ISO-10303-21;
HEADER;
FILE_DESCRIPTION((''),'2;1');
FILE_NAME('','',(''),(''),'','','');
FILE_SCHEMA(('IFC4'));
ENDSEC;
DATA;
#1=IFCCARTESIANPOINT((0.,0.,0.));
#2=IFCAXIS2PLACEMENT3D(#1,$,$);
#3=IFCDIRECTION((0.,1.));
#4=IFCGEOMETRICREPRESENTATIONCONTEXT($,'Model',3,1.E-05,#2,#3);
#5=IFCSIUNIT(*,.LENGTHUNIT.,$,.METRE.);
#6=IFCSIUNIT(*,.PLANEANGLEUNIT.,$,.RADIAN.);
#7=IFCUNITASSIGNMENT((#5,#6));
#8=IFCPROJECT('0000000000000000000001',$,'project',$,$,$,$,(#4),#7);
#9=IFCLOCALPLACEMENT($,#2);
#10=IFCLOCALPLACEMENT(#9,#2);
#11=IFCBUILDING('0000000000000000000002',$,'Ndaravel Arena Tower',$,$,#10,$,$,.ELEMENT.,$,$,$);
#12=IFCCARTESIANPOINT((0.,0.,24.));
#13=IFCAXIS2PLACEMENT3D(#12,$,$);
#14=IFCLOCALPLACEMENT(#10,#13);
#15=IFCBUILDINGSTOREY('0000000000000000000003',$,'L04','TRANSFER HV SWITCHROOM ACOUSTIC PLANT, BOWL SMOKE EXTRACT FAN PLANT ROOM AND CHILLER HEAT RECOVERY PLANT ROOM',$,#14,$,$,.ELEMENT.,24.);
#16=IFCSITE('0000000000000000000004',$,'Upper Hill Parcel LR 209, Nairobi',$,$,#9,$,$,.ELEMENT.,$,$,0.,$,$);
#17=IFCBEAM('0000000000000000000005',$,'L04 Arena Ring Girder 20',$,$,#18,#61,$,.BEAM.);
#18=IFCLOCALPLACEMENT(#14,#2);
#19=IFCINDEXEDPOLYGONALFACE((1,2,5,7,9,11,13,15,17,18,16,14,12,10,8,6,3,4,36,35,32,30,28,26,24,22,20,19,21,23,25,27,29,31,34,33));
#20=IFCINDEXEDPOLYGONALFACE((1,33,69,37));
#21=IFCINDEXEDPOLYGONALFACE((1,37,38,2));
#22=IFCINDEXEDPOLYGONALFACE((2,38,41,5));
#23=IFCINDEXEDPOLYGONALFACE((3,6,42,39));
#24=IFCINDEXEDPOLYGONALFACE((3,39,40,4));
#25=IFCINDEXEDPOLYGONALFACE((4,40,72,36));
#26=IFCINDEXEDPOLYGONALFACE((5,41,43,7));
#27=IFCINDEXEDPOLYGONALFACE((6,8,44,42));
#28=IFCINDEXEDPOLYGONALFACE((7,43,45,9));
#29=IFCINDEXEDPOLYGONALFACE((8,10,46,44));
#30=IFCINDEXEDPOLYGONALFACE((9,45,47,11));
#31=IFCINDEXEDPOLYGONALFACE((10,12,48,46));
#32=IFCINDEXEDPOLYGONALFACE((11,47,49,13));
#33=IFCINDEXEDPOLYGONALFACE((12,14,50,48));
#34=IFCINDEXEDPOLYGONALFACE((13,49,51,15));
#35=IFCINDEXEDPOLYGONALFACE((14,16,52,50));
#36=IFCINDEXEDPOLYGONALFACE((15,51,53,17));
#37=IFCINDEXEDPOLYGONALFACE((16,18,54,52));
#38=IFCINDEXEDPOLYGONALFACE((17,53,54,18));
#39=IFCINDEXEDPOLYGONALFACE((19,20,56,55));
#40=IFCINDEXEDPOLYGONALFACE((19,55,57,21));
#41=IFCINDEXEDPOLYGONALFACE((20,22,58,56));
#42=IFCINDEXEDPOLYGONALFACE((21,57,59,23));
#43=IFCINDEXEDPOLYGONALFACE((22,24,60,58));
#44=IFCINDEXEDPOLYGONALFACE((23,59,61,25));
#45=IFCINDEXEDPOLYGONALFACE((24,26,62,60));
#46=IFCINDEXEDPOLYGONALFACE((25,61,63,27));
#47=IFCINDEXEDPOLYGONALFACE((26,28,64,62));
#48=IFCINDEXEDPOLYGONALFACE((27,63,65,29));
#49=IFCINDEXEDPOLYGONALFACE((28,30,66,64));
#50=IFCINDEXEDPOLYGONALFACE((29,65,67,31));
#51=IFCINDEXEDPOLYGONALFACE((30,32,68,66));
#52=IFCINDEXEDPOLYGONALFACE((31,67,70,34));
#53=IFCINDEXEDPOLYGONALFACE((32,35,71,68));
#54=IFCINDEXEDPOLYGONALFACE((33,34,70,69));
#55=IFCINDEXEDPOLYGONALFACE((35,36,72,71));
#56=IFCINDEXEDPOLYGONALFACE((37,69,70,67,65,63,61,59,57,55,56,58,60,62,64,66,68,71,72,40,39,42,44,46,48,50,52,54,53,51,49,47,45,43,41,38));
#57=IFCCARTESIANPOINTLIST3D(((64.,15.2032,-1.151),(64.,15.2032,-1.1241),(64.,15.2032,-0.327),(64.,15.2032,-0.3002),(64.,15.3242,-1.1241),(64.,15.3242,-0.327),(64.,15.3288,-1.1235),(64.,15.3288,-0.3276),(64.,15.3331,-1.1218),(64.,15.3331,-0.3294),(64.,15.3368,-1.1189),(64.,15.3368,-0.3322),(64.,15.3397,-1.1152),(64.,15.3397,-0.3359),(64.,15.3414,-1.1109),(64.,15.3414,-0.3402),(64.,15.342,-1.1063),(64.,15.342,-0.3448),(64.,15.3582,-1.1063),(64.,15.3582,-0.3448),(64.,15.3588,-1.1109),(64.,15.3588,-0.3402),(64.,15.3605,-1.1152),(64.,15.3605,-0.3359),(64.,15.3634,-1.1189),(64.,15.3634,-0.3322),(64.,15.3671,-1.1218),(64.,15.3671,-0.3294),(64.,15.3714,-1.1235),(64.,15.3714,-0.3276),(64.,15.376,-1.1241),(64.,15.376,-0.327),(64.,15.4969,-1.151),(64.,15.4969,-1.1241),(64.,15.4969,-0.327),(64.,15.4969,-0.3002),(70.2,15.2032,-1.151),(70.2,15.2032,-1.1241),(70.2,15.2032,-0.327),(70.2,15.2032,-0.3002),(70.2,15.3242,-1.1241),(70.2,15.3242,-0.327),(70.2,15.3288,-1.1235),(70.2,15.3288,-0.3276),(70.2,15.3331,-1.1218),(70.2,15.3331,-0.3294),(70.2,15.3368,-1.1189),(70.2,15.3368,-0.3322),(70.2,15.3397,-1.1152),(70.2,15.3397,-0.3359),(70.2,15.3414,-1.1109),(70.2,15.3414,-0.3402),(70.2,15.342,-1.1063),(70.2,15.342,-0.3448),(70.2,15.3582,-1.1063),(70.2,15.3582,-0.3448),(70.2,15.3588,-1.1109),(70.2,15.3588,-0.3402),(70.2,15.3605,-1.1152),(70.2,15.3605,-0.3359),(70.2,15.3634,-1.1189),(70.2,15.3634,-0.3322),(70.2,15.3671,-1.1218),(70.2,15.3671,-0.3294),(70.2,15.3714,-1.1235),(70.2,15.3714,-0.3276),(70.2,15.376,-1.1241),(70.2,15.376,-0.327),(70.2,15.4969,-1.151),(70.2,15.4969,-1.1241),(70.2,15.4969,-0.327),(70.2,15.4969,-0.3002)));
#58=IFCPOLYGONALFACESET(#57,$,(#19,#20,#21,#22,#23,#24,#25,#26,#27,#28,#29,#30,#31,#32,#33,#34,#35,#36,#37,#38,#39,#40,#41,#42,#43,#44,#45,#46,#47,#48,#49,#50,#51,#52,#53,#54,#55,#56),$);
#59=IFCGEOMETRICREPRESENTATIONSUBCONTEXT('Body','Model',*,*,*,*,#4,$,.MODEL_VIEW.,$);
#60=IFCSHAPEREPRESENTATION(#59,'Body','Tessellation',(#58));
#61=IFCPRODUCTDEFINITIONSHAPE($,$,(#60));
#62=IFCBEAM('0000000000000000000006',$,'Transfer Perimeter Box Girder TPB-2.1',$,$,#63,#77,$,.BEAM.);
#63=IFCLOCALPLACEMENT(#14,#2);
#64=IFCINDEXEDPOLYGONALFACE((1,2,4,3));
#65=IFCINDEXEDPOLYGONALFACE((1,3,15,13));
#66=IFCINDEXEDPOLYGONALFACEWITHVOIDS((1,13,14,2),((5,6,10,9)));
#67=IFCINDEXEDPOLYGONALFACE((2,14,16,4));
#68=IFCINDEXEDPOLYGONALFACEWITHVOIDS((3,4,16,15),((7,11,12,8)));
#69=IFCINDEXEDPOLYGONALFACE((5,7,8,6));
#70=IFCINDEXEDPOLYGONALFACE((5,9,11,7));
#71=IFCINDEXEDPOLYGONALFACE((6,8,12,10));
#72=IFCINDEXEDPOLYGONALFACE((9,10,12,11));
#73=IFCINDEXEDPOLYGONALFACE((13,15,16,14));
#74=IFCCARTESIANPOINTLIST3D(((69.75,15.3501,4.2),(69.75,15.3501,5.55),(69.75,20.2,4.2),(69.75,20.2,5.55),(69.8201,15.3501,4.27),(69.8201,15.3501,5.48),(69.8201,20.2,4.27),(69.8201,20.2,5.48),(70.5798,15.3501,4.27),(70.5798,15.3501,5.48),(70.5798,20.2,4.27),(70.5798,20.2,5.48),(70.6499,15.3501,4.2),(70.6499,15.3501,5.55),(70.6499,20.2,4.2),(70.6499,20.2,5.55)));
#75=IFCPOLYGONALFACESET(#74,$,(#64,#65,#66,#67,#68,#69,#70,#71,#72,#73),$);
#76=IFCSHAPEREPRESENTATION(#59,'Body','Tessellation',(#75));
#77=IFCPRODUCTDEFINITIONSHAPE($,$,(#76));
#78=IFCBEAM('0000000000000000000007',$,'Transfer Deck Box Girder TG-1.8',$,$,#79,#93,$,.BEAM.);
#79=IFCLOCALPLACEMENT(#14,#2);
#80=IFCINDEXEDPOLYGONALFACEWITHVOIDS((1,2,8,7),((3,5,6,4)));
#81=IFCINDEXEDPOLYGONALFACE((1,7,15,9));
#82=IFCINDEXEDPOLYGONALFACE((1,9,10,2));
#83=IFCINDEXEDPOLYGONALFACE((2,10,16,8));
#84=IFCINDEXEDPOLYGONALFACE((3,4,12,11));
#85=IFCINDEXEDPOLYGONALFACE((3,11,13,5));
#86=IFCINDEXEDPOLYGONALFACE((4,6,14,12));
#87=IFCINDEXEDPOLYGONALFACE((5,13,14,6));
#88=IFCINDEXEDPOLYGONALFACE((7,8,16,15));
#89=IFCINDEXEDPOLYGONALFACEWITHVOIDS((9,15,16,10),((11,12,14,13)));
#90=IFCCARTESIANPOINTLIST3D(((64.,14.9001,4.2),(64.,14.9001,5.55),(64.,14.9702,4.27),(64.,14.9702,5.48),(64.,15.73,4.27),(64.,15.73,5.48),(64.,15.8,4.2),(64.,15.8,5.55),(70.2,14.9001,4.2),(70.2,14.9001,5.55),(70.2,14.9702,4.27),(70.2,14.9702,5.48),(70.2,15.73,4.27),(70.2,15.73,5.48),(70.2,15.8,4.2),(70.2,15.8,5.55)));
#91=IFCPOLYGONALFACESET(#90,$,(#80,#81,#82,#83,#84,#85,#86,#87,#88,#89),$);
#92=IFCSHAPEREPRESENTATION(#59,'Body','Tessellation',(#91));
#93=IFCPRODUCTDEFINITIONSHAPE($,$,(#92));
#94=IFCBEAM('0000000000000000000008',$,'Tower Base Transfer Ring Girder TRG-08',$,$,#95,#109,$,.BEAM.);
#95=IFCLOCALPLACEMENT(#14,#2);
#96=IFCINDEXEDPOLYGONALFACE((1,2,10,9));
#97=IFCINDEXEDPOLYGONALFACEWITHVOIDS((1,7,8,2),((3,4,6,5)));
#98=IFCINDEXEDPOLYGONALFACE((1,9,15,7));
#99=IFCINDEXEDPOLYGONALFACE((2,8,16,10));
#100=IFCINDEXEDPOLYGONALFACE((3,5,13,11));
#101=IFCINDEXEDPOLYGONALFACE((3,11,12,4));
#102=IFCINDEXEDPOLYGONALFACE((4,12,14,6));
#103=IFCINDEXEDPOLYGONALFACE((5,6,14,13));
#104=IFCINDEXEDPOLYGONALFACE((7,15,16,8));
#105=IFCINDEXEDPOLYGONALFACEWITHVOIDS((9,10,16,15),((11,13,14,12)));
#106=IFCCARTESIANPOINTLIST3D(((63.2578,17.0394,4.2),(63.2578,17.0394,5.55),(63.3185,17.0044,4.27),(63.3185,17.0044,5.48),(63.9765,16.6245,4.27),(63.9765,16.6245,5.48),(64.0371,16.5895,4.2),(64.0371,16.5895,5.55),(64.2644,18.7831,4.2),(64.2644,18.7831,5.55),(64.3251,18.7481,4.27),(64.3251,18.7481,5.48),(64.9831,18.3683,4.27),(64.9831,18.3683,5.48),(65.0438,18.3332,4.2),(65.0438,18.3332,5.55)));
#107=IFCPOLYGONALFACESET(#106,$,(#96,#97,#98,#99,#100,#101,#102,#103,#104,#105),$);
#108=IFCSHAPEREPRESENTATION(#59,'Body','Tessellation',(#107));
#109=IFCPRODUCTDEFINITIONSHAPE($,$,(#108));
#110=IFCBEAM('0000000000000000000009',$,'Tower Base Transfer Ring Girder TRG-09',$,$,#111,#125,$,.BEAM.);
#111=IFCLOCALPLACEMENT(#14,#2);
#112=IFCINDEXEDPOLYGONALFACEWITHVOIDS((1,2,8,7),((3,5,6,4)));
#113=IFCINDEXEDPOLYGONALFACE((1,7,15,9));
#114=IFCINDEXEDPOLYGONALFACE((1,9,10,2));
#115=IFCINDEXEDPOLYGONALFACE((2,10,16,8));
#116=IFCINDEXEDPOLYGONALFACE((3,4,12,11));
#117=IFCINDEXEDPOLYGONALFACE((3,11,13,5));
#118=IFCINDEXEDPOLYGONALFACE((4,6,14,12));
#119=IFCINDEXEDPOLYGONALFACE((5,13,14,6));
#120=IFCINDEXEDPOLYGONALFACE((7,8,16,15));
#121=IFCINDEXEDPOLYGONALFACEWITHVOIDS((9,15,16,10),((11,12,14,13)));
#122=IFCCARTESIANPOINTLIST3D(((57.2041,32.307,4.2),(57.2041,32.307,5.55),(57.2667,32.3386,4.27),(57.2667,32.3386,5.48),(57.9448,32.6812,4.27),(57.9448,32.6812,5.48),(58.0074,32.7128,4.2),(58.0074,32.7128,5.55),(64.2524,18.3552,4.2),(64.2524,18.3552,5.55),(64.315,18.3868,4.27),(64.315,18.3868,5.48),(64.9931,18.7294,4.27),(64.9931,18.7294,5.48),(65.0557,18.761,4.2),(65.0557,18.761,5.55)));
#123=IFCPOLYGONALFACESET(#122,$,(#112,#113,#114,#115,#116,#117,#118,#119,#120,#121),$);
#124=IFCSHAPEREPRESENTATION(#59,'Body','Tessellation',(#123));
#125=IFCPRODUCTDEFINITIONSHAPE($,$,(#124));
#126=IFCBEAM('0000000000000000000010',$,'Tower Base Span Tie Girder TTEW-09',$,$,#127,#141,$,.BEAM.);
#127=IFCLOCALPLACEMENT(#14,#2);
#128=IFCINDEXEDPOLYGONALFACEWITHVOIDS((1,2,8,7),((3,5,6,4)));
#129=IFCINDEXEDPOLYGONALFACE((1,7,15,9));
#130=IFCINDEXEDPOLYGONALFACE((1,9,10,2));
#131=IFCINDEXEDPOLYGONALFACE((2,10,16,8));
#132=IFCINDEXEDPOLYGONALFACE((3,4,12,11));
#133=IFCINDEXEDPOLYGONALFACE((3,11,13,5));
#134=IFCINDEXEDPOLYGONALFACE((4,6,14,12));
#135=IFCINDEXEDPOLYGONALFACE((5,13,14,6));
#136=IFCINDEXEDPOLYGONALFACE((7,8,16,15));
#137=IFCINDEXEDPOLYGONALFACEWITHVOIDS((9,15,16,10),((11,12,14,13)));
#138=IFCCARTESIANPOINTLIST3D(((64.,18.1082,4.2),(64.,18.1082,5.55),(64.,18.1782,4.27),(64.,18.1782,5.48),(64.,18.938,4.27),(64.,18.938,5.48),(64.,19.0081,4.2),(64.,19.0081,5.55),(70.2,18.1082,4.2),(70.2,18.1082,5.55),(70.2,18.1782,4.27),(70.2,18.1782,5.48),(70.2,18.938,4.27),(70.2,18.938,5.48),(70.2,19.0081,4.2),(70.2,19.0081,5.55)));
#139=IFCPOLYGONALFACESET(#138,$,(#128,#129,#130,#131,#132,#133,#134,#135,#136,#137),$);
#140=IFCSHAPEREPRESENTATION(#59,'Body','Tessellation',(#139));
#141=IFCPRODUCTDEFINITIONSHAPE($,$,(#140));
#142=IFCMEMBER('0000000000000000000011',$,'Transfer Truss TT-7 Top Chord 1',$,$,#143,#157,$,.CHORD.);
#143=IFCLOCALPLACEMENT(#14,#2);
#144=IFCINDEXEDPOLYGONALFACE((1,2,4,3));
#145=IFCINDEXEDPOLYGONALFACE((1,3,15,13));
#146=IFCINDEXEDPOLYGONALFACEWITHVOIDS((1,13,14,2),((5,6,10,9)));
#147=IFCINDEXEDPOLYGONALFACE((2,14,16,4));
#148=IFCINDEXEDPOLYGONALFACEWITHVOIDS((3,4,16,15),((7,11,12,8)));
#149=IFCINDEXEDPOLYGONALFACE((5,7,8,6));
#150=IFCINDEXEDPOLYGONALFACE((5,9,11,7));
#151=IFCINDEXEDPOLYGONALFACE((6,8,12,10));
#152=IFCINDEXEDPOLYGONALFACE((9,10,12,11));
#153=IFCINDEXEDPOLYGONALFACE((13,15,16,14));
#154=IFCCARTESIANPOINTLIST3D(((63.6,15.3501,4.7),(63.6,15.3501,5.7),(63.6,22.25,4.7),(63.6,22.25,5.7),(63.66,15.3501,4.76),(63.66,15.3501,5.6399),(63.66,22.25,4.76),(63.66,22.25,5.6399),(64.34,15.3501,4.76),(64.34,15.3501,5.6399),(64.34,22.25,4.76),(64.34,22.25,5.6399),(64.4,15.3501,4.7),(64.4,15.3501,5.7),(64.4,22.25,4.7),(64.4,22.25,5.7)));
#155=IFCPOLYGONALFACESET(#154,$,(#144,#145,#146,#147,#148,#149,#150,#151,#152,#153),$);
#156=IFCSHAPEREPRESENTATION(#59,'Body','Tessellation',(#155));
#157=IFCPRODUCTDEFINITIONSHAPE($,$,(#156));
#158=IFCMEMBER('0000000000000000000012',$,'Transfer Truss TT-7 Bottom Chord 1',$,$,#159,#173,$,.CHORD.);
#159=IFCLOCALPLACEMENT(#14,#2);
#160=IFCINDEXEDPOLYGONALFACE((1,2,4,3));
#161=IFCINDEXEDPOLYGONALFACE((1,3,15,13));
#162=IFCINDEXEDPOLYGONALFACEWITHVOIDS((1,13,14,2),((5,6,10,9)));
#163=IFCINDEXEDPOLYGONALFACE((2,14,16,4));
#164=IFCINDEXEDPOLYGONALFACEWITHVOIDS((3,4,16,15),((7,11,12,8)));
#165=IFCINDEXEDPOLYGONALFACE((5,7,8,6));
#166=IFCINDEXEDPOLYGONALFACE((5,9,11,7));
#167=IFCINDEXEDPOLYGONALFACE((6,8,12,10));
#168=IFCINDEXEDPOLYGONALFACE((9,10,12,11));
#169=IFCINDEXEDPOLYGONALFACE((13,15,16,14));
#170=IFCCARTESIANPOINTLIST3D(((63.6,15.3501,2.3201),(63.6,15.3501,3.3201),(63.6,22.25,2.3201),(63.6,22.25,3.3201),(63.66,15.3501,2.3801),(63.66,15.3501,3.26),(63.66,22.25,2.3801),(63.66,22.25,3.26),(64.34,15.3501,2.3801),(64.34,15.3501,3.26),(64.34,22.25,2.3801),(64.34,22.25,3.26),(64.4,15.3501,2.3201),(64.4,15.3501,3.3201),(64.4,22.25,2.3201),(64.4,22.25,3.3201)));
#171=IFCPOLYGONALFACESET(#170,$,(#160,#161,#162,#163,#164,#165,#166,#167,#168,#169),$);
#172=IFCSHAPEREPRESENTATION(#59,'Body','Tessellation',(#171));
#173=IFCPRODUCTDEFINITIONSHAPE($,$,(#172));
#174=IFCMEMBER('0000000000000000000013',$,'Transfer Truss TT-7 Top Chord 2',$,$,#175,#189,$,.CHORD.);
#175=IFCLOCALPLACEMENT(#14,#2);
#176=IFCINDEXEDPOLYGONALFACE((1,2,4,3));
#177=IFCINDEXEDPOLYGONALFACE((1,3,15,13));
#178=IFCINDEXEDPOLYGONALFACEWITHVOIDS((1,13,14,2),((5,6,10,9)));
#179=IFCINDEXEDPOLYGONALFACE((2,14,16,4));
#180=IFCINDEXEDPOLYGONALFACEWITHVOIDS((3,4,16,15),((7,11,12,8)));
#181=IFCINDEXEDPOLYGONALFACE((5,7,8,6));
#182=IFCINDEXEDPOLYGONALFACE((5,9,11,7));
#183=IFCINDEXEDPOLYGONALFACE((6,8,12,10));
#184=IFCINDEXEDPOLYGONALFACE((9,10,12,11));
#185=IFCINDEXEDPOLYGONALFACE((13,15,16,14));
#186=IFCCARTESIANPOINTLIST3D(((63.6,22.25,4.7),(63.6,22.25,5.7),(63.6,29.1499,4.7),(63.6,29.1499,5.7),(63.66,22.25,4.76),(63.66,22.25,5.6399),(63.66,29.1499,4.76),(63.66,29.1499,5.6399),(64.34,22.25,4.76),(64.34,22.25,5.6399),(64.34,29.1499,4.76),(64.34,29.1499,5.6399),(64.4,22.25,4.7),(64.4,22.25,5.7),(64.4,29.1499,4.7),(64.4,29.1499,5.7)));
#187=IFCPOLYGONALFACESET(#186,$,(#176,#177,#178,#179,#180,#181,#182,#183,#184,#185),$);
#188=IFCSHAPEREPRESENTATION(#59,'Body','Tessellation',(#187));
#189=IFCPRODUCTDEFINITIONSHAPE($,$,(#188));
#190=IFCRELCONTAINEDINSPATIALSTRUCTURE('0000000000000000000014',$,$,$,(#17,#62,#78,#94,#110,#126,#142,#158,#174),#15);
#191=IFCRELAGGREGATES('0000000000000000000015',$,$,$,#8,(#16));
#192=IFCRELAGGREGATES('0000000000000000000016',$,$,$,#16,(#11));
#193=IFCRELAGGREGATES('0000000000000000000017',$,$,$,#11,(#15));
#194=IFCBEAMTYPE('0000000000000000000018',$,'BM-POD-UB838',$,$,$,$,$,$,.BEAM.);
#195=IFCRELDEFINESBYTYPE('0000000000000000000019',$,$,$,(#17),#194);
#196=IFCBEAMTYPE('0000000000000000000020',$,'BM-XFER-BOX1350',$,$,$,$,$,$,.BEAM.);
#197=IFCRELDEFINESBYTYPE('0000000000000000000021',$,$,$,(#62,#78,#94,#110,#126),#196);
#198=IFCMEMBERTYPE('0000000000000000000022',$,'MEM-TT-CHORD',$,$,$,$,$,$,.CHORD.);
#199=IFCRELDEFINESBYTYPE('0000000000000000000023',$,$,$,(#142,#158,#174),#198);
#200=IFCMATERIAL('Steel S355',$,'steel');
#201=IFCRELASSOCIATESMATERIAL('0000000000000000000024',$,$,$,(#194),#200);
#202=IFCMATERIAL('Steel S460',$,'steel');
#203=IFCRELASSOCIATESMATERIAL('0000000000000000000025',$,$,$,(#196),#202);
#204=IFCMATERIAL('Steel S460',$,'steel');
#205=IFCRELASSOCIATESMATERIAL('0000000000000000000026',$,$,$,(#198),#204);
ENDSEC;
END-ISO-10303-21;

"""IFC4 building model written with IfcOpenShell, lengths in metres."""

from ifc_helpers import new_model, si_unit, direction, frame, origin, origin_2d, place, context, subcontext, project, spatial, hollow_rectangle, i_section, extrude, material, material_profile, profile_set, type_object, element, save


model = new_model("IFC4")

# Units and contexts
model_context = context("Model", 3, precision=1e-05, world=origin(), true_north=direction((0.0, 1.0)))
body_context = subcontext(model_context, "Body", "Model", "MODEL_VIEW")
ifc_project = project(units=[si_unit("LENGTHUNIT", "METRE"), si_unit("PLANEANGLEUNIT", "RADIAN")], contexts=[model_context])

# Site, building, storey
site_placement = place(None, origin())
site = spatial("IfcSite", under=ifc_project, at=site_placement, Name="Upper Hill Parcel LR 209, Nairobi", CompositionType="ELEMENT", RefElevation=0.0)
building_placement = place(site_placement, origin())
building = spatial("IfcBuilding", under=site, at=building_placement, Name="Ndaravel Arena Tower", CompositionType="ELEMENT")
storey_placement = place(building_placement, frame((0.0, 0.0, 24.0)))
storey = spatial("IfcBuildingStorey", under=building, at=storey_placement, Name="L04", Description="TRANSFER HV SWITCHROOM ACOUSTIC PLANT, BOWL SMOKE EXTRACT FAN PLANT ROOM AND CHILLER HEAT RECOVERY PLANT ROOM", CompositionType="ELEMENT", Elevation=24.0)

# Beams
ifc_material_1 = material(Name="Steel S355", Category="steel")
ifc_material_profile_1 = material_profile(ifc_material_1, i_section(OverallWidth=0.2937, OverallDepth=0.8508, WebThickness=0.0161, FlangeThickness=0.0269, FilletRadius=0.0178, at=origin_2d()), Name="UB 838x292x226")
ifc_profile_set_1 = profile_set([ifc_material_profile_1], Name="Steel S355")
beam_type_1 = type_object("IfcBeamType", Name="BM-POD-UB838", PredefinedType="BEAM", material=ifc_profile_set_1)
beam_1_placement = place(storey_placement, frame((64.0, 15.3501, -0.7256), z_axis=(1.0, 0.0, 0.0), x_axis=(0.0, 1.0, 0.0)))
element("IfcBeam", 1, at=beam_1_placement, inside=storey, type_object=beam_type_1, Name="L04 Arena Ring Girder 20", PredefinedType="BEAM", context=body_context, shape_type="SweptSolid", body=[
    extrude(i_section(OverallWidth=0.2937, OverallDepth=0.8508, WebThickness=0.0161, FlangeThickness=0.0269, FilletRadius=0.0178, at=origin_2d()), origin(), (0.0, 0.0, 1.0), 6.2),
])
ifc_material_2 = material(Name="Steel S460", Category="steel")
ifc_material_profile_2 = material_profile(ifc_material_2, hollow_rectangle(XDim=0.8999, YDim=1.3501, WallThickness=0.0701, at=origin_2d()), Name="BOX 1350x900x70")
ifc_profile_set_2 = profile_set([ifc_material_profile_2], Name="Steel S460")
beam_type_2 = type_object("IfcBeamType", Name="BM-XFER-BOX1350", PredefinedType="BEAM", material=ifc_profile_set_2)
beam_2_placement = place(storey_placement, frame((70.2, 15.3501, 4.875), z_axis=(0.0, 1.0, 0.0), x_axis=(-1.0, 0.0, 0.0)))
element("IfcBeam", 2, at=beam_2_placement, inside=storey, type_object=beam_type_2, Name="Transfer Perimeter Box Girder TPB-2.1", PredefinedType="BEAM", context=body_context, shape_type="SweptSolid", body=[
    extrude(hollow_rectangle(XDim=0.8999, YDim=1.3501, WallThickness=0.0701, at=origin_2d()), origin(), (0.0, 0.0, 1.0), 4.8499),
])
beam_3_placement = place(storey_placement, frame((64.0, 15.3501, 4.875), z_axis=(1.0, 0.0, 0.0), x_axis=(0.0, 1.0, 0.0)))
element("IfcBeam", 3, at=beam_3_placement, inside=storey, type_object=beam_type_2, Name="Transfer Deck Box Girder TG-1.8", PredefinedType="BEAM", context=body_context, shape_type="SweptSolid", body=[
    extrude(hollow_rectangle(XDim=0.8999, YDim=1.3501, WallThickness=0.0701, at=origin_2d()), origin(), (0.0, 0.0, 1.0), 6.2),
])
beam_4_placement = place(storey_placement, frame((63.6475, 16.8145, 4.875), z_axis=(0.49996, 0.866048, 0.0), x_axis=(-0.866048, 0.49996, 0.0)))
element("IfcBeam", 4, at=beam_4_placement, inside=storey, type_object=beam_type_2, Name="Tower Base Transfer Ring Girder TRG-08", PredefinedType="BEAM", context=body_context, shape_type="SweptSolid", body=[
    extrude(hollow_rectangle(XDim=0.8999, YDim=1.3501, WallThickness=0.0701, at=origin_2d()), origin(), (0.0, 0.0, 1.0), 2.0134),
])
beam_5_placement = place(storey_placement, frame((64.6541, 18.5581, 4.875), z_axis=(-0.450915, 0.892567, 0.0), x_axis=(-0.892567, -0.450915, 0.0)))
element("IfcBeam", 5, at=beam_5_placement, inside=storey, type_object=beam_type_2, Name="Tower Base Transfer Ring Girder TRG-09", PredefinedType="BEAM", context=body_context, shape_type="SweptSolid", body=[
    extrude(hollow_rectangle(XDim=0.8999, YDim=1.3501, WallThickness=0.0701, at=origin_2d()), origin(), (0.0, 0.0, 1.0), 15.6311),
])
beam_6_placement = place(storey_placement, frame((64.0, 18.5581, 4.875), z_axis=(1.0, 0.0, 0.0), x_axis=(0.0, 1.0, 0.0)))
element("IfcBeam", 6, at=beam_6_placement, inside=storey, type_object=beam_type_2, Name="Tower Base Span Tie Girder TTEW-09", PredefinedType="BEAM", context=body_context, shape_type="SweptSolid", body=[
    extrude(hollow_rectangle(XDim=0.8999, YDim=1.3501, WallThickness=0.0701, at=origin_2d()), origin(), (0.0, 0.0, 1.0), 6.2),
])

# Members
ifc_material_3 = material(Name="Steel S460", Category="steel")
ifc_material_profile_3 = material_profile(ifc_material_3, hollow_rectangle(XDim=0.8, YDim=1.0, WallThickness=0.0601, at=origin_2d()), Name="BOX 1000x800x60")
ifc_profile_set_3 = profile_set([ifc_material_profile_3], Name="Steel S460")
member_type_1 = type_object("IfcMemberType", Name="MEM-TT-CHORD", PredefinedType="CHORD", material=ifc_profile_set_3)
for number, where, z_axis, x_axis, name in (
    (7, (64.0, 15.3501, 5.2), (0.0, 1.0, 0.0), (-1.0, 0.0, 0.0), "Transfer Truss TT-7 Top Chord 1"),
    (8, (64.0, 15.3501, 2.8201), (0.0, 1.0, 0.0), (-1.0, 0.0, 0.0), "Transfer Truss TT-7 Bottom Chord 1"),
    (9, (64.0, 22.25, 5.2), (0.0, 1.0, 0.0), (-1.0, 0.0, 0.0), "Transfer Truss TT-7 Top Chord 2"),
):
    element("IfcMember", number, at=place(storey_placement, frame(where, z_axis=z_axis, x_axis=x_axis)), inside=storey, type_object=member_type_1, Name=name, PredefinedType="CHORD", context=body_context, shape_type="SweptSolid", body=[
        extrude(hollow_rectangle(XDim=0.8, YDim=1.0, WallThickness=0.0601, at=origin_2d()), origin(), (0.0, 0.0, 1.0), 6.8999),
    ])

save(model, "model.ifc")
